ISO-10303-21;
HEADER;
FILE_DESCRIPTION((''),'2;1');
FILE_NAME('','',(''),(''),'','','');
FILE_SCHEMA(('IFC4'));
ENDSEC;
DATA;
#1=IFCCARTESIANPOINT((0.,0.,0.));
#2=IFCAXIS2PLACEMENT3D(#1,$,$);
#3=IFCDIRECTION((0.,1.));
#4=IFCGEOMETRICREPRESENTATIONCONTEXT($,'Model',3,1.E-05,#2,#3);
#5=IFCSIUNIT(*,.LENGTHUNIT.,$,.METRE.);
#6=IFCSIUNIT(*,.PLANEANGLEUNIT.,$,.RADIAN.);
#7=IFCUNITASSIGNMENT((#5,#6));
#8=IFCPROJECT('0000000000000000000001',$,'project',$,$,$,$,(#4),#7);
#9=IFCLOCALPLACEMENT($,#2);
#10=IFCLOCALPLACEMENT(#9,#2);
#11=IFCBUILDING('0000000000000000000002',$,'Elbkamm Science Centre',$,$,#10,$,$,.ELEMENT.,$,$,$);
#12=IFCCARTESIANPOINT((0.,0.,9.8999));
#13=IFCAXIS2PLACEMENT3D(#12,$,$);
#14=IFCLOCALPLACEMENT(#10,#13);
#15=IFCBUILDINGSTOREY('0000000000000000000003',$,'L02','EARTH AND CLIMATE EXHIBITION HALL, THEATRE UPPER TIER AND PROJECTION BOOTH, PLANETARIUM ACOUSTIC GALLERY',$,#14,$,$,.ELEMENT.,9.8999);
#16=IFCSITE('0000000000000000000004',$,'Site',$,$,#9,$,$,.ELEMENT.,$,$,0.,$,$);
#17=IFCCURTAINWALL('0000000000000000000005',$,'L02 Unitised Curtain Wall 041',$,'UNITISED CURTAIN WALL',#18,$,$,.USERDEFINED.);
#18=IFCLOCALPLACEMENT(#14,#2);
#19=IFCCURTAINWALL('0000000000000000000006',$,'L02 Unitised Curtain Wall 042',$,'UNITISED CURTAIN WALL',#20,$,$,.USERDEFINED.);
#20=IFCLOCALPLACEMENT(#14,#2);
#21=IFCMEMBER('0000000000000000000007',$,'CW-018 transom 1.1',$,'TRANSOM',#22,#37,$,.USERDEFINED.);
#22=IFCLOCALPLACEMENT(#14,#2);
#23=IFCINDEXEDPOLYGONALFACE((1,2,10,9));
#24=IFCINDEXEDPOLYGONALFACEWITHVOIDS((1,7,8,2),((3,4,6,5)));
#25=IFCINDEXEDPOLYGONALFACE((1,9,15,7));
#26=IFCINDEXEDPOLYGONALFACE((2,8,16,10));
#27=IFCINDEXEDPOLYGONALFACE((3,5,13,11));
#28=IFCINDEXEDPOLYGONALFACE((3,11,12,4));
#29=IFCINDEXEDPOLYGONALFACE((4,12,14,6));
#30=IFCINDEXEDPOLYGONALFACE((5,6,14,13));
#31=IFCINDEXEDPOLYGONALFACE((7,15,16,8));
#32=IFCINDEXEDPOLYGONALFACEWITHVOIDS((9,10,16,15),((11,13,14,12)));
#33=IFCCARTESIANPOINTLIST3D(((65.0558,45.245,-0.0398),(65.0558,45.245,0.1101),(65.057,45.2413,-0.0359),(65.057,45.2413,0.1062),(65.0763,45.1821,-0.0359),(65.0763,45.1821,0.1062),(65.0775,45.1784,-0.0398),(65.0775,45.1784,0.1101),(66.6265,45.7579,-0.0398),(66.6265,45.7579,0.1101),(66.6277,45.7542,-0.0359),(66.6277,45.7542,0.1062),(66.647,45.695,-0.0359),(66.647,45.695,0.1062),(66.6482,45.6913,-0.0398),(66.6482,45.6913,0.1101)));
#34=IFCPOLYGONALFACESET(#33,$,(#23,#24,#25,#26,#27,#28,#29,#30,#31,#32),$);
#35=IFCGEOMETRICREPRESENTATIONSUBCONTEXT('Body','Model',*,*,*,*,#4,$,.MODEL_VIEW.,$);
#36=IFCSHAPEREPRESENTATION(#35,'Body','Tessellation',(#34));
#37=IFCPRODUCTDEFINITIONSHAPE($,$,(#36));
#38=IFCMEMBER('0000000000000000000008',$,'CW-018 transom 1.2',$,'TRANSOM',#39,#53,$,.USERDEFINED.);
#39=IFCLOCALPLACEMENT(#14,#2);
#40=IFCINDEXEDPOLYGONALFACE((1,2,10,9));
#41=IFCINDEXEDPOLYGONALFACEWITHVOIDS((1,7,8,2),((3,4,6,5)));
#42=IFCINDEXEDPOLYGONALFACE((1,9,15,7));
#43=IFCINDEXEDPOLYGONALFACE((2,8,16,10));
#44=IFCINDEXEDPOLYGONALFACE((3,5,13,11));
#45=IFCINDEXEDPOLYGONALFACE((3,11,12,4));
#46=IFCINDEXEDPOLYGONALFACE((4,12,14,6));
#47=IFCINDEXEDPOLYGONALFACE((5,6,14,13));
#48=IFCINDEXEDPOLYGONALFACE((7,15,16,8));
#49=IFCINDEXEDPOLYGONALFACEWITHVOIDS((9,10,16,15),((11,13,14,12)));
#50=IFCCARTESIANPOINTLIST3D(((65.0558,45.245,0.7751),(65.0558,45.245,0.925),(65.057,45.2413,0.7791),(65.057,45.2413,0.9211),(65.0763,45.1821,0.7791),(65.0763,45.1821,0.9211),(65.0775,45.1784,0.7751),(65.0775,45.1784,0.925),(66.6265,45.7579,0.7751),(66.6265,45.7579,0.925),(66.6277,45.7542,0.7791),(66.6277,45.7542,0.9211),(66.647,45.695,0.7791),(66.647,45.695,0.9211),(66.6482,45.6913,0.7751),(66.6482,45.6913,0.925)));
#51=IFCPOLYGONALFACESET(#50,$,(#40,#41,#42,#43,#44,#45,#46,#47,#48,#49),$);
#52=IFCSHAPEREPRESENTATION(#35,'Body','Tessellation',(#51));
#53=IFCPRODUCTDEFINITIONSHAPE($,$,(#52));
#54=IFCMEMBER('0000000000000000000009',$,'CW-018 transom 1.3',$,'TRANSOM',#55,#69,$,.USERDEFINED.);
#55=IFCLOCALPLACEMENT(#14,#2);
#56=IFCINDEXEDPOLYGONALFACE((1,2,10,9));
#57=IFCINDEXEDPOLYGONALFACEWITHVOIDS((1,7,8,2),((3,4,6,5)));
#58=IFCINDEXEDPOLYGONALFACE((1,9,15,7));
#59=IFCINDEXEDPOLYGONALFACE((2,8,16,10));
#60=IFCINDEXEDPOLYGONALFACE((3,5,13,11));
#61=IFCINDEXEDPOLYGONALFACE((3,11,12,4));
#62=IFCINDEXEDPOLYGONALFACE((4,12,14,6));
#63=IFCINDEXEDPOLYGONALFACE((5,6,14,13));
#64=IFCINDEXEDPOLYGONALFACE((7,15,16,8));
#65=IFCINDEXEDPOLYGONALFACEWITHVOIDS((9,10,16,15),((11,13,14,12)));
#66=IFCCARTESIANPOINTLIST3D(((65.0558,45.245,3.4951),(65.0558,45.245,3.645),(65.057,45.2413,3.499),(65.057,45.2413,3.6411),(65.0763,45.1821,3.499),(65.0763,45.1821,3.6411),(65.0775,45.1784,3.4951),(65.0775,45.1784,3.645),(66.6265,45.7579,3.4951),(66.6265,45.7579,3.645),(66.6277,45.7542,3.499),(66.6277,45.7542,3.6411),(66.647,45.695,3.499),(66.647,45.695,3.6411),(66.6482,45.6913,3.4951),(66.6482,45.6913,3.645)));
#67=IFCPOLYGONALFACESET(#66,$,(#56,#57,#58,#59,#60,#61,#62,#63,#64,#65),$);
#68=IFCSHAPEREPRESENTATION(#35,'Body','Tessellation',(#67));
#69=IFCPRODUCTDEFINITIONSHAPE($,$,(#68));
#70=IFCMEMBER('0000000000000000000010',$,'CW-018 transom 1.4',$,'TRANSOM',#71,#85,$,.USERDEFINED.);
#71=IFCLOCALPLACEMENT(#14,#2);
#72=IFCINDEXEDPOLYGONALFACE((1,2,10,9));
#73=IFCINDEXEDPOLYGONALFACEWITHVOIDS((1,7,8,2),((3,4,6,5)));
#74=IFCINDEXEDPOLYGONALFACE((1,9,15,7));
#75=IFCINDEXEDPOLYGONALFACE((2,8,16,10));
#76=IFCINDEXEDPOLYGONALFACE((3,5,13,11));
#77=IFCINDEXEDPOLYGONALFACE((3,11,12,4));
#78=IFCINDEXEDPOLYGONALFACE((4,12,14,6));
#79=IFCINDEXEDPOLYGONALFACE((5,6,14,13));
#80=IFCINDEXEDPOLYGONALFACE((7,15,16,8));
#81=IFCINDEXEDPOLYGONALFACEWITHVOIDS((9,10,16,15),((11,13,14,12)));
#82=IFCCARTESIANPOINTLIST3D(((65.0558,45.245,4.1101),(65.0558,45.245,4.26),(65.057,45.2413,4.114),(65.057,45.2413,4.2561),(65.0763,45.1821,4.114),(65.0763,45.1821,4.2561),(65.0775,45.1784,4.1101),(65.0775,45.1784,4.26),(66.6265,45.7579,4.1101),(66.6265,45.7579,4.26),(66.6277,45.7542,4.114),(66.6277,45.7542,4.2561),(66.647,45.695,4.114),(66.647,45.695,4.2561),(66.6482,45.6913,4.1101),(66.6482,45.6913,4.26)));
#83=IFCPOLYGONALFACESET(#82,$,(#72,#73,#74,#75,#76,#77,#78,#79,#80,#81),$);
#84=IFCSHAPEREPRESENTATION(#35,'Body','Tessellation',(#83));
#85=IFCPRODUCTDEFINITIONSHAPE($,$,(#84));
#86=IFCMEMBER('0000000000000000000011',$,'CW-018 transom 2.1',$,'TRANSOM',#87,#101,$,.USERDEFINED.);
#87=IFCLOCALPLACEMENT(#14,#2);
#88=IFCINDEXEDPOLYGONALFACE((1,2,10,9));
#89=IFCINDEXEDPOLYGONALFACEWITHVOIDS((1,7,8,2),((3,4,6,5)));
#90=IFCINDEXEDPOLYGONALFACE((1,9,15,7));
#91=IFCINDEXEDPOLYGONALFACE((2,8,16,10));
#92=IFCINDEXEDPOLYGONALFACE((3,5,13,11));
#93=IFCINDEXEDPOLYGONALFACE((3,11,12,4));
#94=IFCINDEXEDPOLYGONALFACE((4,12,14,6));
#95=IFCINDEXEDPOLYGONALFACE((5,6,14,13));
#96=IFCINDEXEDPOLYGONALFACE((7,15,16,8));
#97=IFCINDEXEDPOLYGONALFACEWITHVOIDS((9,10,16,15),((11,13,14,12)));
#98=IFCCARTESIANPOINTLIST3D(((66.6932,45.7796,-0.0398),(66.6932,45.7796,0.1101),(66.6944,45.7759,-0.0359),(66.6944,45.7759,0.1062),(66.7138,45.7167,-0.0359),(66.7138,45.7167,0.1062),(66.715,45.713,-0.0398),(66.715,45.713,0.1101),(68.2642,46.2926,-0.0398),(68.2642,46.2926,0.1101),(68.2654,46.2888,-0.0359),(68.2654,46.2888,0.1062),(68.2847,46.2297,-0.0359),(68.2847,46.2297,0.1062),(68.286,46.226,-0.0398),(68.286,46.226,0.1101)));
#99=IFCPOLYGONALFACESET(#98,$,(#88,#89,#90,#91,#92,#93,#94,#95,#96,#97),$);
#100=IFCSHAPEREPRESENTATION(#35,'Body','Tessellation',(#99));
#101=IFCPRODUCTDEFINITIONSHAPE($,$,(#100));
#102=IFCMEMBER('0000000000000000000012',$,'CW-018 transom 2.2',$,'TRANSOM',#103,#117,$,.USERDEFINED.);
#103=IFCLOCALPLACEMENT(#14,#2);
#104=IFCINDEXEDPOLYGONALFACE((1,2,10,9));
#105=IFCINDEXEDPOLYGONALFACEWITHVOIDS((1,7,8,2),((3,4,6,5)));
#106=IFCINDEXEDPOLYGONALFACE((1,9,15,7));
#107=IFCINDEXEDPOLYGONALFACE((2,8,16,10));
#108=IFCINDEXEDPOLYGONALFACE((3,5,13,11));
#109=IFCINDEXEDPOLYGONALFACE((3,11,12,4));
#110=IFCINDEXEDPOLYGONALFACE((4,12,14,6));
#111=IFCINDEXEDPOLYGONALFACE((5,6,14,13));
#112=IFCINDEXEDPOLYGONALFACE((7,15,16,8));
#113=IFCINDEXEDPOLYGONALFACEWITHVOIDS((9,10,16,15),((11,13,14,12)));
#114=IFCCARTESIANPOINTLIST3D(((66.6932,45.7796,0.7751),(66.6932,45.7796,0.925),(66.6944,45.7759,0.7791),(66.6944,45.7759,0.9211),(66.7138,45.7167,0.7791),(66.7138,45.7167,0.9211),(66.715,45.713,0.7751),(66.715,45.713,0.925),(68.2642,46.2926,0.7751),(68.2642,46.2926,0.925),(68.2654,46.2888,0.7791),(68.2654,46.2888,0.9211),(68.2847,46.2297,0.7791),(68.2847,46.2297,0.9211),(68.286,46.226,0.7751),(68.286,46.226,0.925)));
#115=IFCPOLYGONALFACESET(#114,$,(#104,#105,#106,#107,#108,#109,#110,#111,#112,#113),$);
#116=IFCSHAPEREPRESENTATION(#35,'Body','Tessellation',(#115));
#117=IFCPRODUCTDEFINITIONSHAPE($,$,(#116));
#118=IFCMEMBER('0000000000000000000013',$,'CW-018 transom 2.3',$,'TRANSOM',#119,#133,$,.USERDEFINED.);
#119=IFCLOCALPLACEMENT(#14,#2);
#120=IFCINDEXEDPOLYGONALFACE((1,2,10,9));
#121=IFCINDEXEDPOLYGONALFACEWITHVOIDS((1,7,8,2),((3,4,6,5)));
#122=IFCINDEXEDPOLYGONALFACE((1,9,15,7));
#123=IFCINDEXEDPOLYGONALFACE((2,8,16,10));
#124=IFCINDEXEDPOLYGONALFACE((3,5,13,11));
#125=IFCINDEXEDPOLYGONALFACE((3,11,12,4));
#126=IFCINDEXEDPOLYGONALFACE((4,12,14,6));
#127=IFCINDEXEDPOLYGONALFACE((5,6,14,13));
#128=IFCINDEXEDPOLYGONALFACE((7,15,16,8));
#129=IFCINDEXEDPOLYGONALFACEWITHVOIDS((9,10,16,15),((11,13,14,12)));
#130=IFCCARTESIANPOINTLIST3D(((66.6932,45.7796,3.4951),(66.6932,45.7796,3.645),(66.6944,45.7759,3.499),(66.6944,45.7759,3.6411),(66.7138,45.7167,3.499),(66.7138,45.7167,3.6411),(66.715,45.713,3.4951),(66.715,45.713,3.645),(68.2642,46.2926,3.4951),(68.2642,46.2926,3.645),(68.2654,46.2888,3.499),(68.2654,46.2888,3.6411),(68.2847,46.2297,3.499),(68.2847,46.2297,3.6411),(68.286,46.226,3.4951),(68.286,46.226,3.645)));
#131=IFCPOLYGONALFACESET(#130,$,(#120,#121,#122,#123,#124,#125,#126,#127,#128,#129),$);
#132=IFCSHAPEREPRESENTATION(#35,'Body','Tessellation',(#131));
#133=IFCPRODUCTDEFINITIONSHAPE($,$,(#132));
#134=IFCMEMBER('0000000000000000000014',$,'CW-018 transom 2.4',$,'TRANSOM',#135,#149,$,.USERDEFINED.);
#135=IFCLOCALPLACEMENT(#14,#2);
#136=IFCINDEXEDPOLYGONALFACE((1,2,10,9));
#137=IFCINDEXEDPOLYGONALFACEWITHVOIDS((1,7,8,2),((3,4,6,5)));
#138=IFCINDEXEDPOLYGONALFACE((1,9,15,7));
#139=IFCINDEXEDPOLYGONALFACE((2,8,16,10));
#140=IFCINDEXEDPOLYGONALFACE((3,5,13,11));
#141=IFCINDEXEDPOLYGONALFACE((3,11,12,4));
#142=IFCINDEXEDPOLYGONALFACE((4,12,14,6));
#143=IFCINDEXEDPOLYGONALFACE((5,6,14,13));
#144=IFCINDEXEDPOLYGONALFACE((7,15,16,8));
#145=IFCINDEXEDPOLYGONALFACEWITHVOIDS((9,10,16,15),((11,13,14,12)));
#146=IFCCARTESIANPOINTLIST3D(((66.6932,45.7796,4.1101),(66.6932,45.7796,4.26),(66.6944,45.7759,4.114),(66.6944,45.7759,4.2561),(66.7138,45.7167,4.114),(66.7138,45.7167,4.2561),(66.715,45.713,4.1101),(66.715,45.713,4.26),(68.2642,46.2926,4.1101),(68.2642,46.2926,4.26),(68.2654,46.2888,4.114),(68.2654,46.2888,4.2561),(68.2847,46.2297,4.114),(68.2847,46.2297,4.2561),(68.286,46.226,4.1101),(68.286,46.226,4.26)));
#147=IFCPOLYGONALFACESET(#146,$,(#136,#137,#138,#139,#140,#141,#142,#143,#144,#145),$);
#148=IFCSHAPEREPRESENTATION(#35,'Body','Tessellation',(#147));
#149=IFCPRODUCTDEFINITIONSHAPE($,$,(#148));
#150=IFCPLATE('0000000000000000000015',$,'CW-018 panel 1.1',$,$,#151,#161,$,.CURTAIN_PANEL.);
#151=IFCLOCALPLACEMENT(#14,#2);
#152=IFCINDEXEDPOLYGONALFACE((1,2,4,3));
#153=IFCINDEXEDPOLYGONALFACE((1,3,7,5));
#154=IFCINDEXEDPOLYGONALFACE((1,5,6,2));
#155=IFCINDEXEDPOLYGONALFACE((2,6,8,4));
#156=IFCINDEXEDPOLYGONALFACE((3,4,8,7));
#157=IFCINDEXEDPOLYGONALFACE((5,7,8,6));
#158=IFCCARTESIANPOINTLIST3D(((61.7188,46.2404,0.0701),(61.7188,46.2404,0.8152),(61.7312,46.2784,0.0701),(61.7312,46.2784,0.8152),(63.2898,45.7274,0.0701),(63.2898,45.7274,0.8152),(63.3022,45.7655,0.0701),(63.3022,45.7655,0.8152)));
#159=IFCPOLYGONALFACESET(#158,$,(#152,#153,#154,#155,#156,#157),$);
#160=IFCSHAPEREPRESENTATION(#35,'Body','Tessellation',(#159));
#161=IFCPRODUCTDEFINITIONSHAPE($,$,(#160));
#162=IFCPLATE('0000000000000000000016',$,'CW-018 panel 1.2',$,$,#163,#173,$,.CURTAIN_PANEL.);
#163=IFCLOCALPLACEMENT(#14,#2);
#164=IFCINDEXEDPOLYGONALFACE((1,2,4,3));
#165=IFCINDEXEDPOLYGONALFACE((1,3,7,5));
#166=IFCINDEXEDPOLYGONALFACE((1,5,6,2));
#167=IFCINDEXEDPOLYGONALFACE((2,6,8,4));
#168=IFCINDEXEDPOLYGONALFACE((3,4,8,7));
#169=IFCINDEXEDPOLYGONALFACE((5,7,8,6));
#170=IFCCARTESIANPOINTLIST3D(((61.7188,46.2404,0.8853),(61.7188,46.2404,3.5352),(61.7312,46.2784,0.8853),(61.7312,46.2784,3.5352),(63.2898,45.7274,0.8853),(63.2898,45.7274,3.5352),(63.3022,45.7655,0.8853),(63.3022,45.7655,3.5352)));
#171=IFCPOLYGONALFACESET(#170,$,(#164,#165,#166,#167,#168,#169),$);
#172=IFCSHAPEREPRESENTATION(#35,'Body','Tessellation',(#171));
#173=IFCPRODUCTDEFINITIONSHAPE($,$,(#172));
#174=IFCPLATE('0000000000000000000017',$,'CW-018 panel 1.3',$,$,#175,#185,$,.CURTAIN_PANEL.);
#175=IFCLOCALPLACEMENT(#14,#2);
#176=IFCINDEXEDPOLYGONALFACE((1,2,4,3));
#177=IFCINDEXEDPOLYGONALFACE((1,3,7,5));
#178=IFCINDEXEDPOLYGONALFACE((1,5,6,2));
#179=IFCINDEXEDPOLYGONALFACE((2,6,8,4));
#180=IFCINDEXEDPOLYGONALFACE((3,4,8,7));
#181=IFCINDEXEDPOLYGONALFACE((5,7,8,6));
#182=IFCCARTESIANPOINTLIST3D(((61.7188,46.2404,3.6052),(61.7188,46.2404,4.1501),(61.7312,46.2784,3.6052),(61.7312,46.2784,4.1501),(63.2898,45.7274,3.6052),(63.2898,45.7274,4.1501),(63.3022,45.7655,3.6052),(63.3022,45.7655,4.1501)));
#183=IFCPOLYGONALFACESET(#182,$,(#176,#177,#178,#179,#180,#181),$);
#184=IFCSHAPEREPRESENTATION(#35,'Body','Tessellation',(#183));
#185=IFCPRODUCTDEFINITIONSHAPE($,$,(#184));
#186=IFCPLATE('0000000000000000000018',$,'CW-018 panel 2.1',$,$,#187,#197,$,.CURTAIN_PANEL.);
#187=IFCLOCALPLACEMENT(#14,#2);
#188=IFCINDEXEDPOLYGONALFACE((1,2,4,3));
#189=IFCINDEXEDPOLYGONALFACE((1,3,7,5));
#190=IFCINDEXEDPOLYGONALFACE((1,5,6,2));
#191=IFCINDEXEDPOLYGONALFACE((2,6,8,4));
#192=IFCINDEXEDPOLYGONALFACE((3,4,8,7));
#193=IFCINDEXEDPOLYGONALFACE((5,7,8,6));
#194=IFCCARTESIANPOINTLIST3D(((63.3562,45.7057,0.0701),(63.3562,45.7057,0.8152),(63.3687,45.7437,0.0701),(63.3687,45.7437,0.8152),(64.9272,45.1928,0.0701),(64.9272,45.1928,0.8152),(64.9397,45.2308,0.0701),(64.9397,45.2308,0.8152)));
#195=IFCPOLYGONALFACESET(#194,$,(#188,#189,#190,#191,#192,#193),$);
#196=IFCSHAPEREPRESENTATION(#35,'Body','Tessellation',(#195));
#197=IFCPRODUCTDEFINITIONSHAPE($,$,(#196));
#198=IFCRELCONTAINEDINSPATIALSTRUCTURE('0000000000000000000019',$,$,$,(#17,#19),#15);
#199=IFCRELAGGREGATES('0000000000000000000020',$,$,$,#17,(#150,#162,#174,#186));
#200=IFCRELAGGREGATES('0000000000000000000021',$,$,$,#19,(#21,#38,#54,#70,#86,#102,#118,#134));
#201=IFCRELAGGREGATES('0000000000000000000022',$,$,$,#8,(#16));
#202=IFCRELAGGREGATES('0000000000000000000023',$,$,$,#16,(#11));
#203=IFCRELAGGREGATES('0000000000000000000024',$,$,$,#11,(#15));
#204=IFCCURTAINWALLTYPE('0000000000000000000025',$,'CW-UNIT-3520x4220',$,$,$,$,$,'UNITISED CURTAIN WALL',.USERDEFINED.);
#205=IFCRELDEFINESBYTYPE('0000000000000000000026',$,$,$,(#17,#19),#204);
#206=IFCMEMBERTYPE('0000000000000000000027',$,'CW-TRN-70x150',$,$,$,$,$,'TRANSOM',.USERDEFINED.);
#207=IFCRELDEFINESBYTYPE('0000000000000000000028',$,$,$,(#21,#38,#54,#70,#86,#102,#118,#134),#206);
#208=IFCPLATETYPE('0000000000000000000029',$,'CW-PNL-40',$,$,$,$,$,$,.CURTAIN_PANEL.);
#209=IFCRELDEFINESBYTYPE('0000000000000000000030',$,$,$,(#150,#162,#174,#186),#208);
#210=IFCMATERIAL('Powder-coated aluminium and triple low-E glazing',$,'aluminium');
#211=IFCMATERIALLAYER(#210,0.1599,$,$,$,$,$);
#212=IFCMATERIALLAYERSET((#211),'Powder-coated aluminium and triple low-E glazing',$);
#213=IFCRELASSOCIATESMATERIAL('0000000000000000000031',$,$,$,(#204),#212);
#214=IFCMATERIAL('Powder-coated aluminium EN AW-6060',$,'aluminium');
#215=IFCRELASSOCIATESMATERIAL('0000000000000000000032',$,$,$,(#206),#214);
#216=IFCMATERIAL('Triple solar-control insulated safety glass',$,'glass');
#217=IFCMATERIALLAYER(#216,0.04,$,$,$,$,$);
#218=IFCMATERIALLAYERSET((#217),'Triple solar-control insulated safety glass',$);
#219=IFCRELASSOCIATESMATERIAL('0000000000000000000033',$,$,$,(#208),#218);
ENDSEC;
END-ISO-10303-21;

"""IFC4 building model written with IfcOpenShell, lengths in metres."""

from ifc_helpers import new_model, si_unit, direction, frame, origin, origin_2d, place, context, subcontext, project, spatial, rectangle, hollow_rectangle, extrude, material, layer, layer_set, material_profile, profile_set, type_object, element, aggregate, save


model = new_model("IFC4")

# Units and contexts
model_context = context("Model", 3, precision=1e-05, world=origin(), true_north=direction((0.0, 1.0)))
body_context = subcontext(model_context, "Body", "Model", "MODEL_VIEW")
ifc_project = project(units=[si_unit("LENGTHUNIT", "METRE"), si_unit("PLANEANGLEUNIT", "RADIAN")], contexts=[model_context])

# Site, building, storey
site_placement = place(None, origin())
site = spatial("IfcSite", under=ifc_project, at=site_placement, Name="Site", CompositionType="ELEMENT", RefElevation=0.0)
building_placement = place(site_placement, origin())
building = spatial("IfcBuilding", under=site, at=building_placement, Name="Elbkamm Science Centre", CompositionType="ELEMENT")
storey_placement = place(building_placement, frame((0.0, 0.0, 9.8999)))
storey = spatial("IfcBuildingStorey", under=building, at=storey_placement, Name="L02", Description="EARTH AND CLIMATE EXHIBITION HALL, THEATRE UPPER TIER AND PROJECTION BOOTH, PLANETARIUM ACOUSTIC GALLERY", CompositionType="ELEMENT", Elevation=9.8999)

# Curtain walls
ifc_material_1 = material(Name="Powder-coated aluminium and triple low-E glazing", Category="aluminium")
ifc_layer_1 = layer(ifc_material_1, 0.1599)
ifc_layer_set_1 = layer_set([ifc_layer_1], Name="Powder-coated aluminium and triple low-E glazing")
curtain_wall_type = type_object("IfcCurtainWallType", Name="CW-UNIT-3520x4220", ElementType="UNITISED CURTAIN WALL", PredefinedType="USERDEFINED", material=ifc_layer_set_1)
curtain_wall_1_placement = place(storey_placement, origin())
curtain_wall_1 = element("IfcCurtainWall", 1, at=curtain_wall_1_placement, inside=storey, type_object=curtain_wall_type, Name="L02 Unitised Curtain Wall 041", ObjectType="UNITISED CURTAIN WALL", PredefinedType="USERDEFINED")
ifc_material_2 = material(Name="Powder-coated aluminium EN AW-6060", Category="aluminium")
curtain_wall_2_placement = place(storey_placement, origin())
curtain_wall_2 = element("IfcCurtainWall", 2, at=curtain_wall_2_placement, inside=storey, type_object=curtain_wall_type, Name="L02 Unitised Curtain Wall 042", ObjectType="UNITISED CURTAIN WALL", PredefinedType="USERDEFINED")

# Members
ifc_material_profile_1 = material_profile(ifc_material_2, hollow_rectangle(XDim=0.0701, YDim=0.1499, WallThickness=0.0039, at=origin_2d()), Name="ALU T70x150")
ifc_profile_set_1 = profile_set([ifc_material_profile_1], Name="Powder-coated aluminium EN AW-6060")
member_type_1 = type_object("IfcMemberType", Name="CW-TRN-70x150", ElementType="TRANSOM", PredefinedType="USERDEFINED", material=ifc_profile_set_1)
member_1_placement = place(storey_placement, frame((65.0667, 45.2117, 0.0352), z_axis=(0.950601, 0.310415, 0.0), x_axis=(-0.310415, 0.950601, 0.0)))
member_1 = element("IfcMember", 3, at=member_1_placement, type_object=member_type_1, Name="CW-018 transom 1.1", ObjectType="TRANSOM", PredefinedType="USERDEFINED", context=body_context, shape_type="SweptSolid", body=[
    extrude(hollow_rectangle(XDim=0.0701, YDim=0.1499, WallThickness=0.0039, at=origin_2d()), origin(), (0.0, 0.0, 1.0), 1.6523),
])
member_2_placement = place(storey_placement, frame((65.0667, 45.2117, 0.8501), z_axis=(0.950601, 0.310415, 0.0), x_axis=(-0.310415, 0.950601, 0.0)))
member_2 = element("IfcMember", 4, at=member_2_placement, type_object=member_type_1, Name="CW-018 transom 1.2", ObjectType="TRANSOM", PredefinedType="USERDEFINED", context=body_context, shape_type="SweptSolid", body=[
    extrude(hollow_rectangle(XDim=0.0701, YDim=0.1499, WallThickness=0.0039, at=origin_2d()), origin(), (0.0, 0.0, 1.0), 1.6523),
])
member_3_placement = place(storey_placement, frame((65.0667, 45.2117, 3.5701), z_axis=(0.950601, 0.310415, 0.0), x_axis=(-0.310415, 0.950601, 0.0)))
member_3 = element("IfcMember", 5, at=member_3_placement, type_object=member_type_1, Name="CW-018 transom 1.3", ObjectType="TRANSOM", PredefinedType="USERDEFINED", context=body_context, shape_type="SweptSolid", body=[
    extrude(hollow_rectangle(XDim=0.0701, YDim=0.1499, WallThickness=0.0039, at=origin_2d()), origin(), (0.0, 0.0, 1.0), 1.6523),
])
member_4_placement = place(storey_placement, frame((65.0667, 45.2117, 4.1851), z_axis=(0.950601, 0.310415, 0.0), x_axis=(-0.310415, 0.950601, 0.0)))
member_4 = element("IfcMember", 6, at=member_4_placement, type_object=member_type_1, Name="CW-018 transom 1.4", ObjectType="TRANSOM", PredefinedType="USERDEFINED", context=body_context, shape_type="SweptSolid", body=[
    extrude(hollow_rectangle(XDim=0.0701, YDim=0.1499, WallThickness=0.0039, at=origin_2d()), origin(), (0.0, 0.0, 1.0), 1.6523),
])
member_5_placement = place(storey_placement, frame((66.7041, 45.7463, 0.0352), z_axis=(0.950615, 0.310372, 0.0), x_axis=(-0.310372, 0.950615, 0.0)))
member_5 = element("IfcMember", 7, at=member_5_placement, type_object=member_type_1, Name="CW-018 transom 2.1", ObjectType="TRANSOM", PredefinedType="USERDEFINED", context=body_context, shape_type="SweptSolid", body=[
    extrude(hollow_rectangle(XDim=0.0701, YDim=0.1499, WallThickness=0.0039, at=origin_2d()), origin(), (0.0, 0.0, 1.0), 1.6526),
])
member_6_placement = place(storey_placement, frame((66.7041, 45.7463, 0.8501), z_axis=(0.950615, 0.310372, 0.0), x_axis=(-0.310372, 0.950615, 0.0)))
member_6 = element("IfcMember", 8, at=member_6_placement, type_object=member_type_1, Name="CW-018 transom 2.2", ObjectType="TRANSOM", PredefinedType="USERDEFINED", context=body_context, shape_type="SweptSolid", body=[
    extrude(hollow_rectangle(XDim=0.0701, YDim=0.1499, WallThickness=0.0039, at=origin_2d()), origin(), (0.0, 0.0, 1.0), 1.6526),
])
member_7_placement = place(storey_placement, frame((66.7041, 45.7463, 3.5701), z_axis=(0.950615, 0.310372, 0.0), x_axis=(-0.310372, 0.950615, 0.0)))
member_7 = element("IfcMember", 9, at=member_7_placement, type_object=member_type_1, Name="CW-018 transom 2.3", ObjectType="TRANSOM", PredefinedType="USERDEFINED", context=body_context, shape_type="SweptSolid", body=[
    extrude(hollow_rectangle(XDim=0.0701, YDim=0.1499, WallThickness=0.0039, at=origin_2d()), origin(), (0.0, 0.0, 1.0), 1.6526),
])
member_8_placement = place(storey_placement, frame((66.7041, 45.7463, 4.1851), z_axis=(0.950615, 0.310372, 0.0), x_axis=(-0.310372, 0.950615, 0.0)))
member_8 = element("IfcMember", 10, at=member_8_placement, type_object=member_type_1, Name="CW-018 transom 2.4", ObjectType="TRANSOM", PredefinedType="USERDEFINED", context=body_context, shape_type="SweptSolid", body=[
    extrude(hollow_rectangle(XDim=0.0701, YDim=0.1499, WallThickness=0.0039, at=origin_2d()), origin(), (0.0, 0.0, 1.0), 1.6526),
])

# Plates
ifc_material_3 = material(Name="Triple solar-control insulated safety glass", Category="glass")
ifc_layer_2 = layer(ifc_material_3, 0.04)
ifc_layer_set_2 = layer_set([ifc_layer_2], Name="Triple solar-control insulated safety glass")
plate_type = type_object("IfcPlateType", Name="CW-PNL-40", PredefinedType="CURTAIN_PANEL", material=ifc_layer_set_2)
plate_1_placement = place(storey_placement, frame((62.5105, 46.0029, 0.0701), z_axis=(0.0, 0.0, 1.0), x_axis=(0.950617, -0.310367, 0.0)))
plate_1 = element("IfcPlate", 11, at=plate_1_placement, type_object=plate_type, Name="CW-018 panel 1.1", PredefinedType="CURTAIN_PANEL", context=body_context, shape_type="SweptSolid", body=[
    extrude(rectangle(XDim=1.6526, YDim=0.04, at=origin_2d()), origin(), (0.0, 0.0, 1.0), 0.7451),
])
plate_2_placement = place(storey_placement, frame((62.5105, 46.0029, 0.8853), z_axis=(0.0, 0.0, 1.0), x_axis=(0.950617, -0.310367, 0.0)))
plate_2 = element("IfcPlate", 12, at=plate_2_placement, type_object=plate_type, Name="CW-018 panel 1.2", PredefinedType="CURTAIN_PANEL", context=body_context, shape_type="SweptSolid", body=[
    extrude(rectangle(XDim=1.6526, YDim=0.04, at=origin_2d()), origin(), (0.0, 0.0, 1.0), 2.6499),
])
plate_3_placement = place(storey_placement, frame((62.5105, 46.0029, 3.6052), z_axis=(0.0, 0.0, 1.0), x_axis=(0.950617, -0.310367, 0.0)))
plate_3 = element("IfcPlate", 13, at=plate_3_placement, type_object=plate_type, Name="CW-018 panel 1.3", PredefinedType="CURTAIN_PANEL", context=body_context, shape_type="SweptSolid", body=[
    extrude(rectangle(XDim=1.6526, YDim=0.04, at=origin_2d()), origin(), (0.0, 0.0, 1.0), 0.5449),
])
plate_4_placement = place(storey_placement, frame((64.1479, 45.4683, 0.0701), z_axis=(0.0, 0.0, 1.0), x_axis=(0.950617, -0.310367, 0.0)))
plate_4 = element("IfcPlate", 14, at=plate_4_placement, type_object=plate_type, Name="CW-018 panel 2.1", PredefinedType="CURTAIN_PANEL", context=body_context, shape_type="SweptSolid", body=[
    extrude(rectangle(XDim=1.6526, YDim=0.04, at=origin_2d()), origin(), (0.0, 0.0, 1.0), 0.7451),
])
aggregate(curtain_wall_1, [plate_1, plate_2, plate_3, plate_4])
aggregate(curtain_wall_2, [member_1, member_2, member_3, member_4, member_5, member_6, member_7, member_8])

save(model, "model.ifc")
